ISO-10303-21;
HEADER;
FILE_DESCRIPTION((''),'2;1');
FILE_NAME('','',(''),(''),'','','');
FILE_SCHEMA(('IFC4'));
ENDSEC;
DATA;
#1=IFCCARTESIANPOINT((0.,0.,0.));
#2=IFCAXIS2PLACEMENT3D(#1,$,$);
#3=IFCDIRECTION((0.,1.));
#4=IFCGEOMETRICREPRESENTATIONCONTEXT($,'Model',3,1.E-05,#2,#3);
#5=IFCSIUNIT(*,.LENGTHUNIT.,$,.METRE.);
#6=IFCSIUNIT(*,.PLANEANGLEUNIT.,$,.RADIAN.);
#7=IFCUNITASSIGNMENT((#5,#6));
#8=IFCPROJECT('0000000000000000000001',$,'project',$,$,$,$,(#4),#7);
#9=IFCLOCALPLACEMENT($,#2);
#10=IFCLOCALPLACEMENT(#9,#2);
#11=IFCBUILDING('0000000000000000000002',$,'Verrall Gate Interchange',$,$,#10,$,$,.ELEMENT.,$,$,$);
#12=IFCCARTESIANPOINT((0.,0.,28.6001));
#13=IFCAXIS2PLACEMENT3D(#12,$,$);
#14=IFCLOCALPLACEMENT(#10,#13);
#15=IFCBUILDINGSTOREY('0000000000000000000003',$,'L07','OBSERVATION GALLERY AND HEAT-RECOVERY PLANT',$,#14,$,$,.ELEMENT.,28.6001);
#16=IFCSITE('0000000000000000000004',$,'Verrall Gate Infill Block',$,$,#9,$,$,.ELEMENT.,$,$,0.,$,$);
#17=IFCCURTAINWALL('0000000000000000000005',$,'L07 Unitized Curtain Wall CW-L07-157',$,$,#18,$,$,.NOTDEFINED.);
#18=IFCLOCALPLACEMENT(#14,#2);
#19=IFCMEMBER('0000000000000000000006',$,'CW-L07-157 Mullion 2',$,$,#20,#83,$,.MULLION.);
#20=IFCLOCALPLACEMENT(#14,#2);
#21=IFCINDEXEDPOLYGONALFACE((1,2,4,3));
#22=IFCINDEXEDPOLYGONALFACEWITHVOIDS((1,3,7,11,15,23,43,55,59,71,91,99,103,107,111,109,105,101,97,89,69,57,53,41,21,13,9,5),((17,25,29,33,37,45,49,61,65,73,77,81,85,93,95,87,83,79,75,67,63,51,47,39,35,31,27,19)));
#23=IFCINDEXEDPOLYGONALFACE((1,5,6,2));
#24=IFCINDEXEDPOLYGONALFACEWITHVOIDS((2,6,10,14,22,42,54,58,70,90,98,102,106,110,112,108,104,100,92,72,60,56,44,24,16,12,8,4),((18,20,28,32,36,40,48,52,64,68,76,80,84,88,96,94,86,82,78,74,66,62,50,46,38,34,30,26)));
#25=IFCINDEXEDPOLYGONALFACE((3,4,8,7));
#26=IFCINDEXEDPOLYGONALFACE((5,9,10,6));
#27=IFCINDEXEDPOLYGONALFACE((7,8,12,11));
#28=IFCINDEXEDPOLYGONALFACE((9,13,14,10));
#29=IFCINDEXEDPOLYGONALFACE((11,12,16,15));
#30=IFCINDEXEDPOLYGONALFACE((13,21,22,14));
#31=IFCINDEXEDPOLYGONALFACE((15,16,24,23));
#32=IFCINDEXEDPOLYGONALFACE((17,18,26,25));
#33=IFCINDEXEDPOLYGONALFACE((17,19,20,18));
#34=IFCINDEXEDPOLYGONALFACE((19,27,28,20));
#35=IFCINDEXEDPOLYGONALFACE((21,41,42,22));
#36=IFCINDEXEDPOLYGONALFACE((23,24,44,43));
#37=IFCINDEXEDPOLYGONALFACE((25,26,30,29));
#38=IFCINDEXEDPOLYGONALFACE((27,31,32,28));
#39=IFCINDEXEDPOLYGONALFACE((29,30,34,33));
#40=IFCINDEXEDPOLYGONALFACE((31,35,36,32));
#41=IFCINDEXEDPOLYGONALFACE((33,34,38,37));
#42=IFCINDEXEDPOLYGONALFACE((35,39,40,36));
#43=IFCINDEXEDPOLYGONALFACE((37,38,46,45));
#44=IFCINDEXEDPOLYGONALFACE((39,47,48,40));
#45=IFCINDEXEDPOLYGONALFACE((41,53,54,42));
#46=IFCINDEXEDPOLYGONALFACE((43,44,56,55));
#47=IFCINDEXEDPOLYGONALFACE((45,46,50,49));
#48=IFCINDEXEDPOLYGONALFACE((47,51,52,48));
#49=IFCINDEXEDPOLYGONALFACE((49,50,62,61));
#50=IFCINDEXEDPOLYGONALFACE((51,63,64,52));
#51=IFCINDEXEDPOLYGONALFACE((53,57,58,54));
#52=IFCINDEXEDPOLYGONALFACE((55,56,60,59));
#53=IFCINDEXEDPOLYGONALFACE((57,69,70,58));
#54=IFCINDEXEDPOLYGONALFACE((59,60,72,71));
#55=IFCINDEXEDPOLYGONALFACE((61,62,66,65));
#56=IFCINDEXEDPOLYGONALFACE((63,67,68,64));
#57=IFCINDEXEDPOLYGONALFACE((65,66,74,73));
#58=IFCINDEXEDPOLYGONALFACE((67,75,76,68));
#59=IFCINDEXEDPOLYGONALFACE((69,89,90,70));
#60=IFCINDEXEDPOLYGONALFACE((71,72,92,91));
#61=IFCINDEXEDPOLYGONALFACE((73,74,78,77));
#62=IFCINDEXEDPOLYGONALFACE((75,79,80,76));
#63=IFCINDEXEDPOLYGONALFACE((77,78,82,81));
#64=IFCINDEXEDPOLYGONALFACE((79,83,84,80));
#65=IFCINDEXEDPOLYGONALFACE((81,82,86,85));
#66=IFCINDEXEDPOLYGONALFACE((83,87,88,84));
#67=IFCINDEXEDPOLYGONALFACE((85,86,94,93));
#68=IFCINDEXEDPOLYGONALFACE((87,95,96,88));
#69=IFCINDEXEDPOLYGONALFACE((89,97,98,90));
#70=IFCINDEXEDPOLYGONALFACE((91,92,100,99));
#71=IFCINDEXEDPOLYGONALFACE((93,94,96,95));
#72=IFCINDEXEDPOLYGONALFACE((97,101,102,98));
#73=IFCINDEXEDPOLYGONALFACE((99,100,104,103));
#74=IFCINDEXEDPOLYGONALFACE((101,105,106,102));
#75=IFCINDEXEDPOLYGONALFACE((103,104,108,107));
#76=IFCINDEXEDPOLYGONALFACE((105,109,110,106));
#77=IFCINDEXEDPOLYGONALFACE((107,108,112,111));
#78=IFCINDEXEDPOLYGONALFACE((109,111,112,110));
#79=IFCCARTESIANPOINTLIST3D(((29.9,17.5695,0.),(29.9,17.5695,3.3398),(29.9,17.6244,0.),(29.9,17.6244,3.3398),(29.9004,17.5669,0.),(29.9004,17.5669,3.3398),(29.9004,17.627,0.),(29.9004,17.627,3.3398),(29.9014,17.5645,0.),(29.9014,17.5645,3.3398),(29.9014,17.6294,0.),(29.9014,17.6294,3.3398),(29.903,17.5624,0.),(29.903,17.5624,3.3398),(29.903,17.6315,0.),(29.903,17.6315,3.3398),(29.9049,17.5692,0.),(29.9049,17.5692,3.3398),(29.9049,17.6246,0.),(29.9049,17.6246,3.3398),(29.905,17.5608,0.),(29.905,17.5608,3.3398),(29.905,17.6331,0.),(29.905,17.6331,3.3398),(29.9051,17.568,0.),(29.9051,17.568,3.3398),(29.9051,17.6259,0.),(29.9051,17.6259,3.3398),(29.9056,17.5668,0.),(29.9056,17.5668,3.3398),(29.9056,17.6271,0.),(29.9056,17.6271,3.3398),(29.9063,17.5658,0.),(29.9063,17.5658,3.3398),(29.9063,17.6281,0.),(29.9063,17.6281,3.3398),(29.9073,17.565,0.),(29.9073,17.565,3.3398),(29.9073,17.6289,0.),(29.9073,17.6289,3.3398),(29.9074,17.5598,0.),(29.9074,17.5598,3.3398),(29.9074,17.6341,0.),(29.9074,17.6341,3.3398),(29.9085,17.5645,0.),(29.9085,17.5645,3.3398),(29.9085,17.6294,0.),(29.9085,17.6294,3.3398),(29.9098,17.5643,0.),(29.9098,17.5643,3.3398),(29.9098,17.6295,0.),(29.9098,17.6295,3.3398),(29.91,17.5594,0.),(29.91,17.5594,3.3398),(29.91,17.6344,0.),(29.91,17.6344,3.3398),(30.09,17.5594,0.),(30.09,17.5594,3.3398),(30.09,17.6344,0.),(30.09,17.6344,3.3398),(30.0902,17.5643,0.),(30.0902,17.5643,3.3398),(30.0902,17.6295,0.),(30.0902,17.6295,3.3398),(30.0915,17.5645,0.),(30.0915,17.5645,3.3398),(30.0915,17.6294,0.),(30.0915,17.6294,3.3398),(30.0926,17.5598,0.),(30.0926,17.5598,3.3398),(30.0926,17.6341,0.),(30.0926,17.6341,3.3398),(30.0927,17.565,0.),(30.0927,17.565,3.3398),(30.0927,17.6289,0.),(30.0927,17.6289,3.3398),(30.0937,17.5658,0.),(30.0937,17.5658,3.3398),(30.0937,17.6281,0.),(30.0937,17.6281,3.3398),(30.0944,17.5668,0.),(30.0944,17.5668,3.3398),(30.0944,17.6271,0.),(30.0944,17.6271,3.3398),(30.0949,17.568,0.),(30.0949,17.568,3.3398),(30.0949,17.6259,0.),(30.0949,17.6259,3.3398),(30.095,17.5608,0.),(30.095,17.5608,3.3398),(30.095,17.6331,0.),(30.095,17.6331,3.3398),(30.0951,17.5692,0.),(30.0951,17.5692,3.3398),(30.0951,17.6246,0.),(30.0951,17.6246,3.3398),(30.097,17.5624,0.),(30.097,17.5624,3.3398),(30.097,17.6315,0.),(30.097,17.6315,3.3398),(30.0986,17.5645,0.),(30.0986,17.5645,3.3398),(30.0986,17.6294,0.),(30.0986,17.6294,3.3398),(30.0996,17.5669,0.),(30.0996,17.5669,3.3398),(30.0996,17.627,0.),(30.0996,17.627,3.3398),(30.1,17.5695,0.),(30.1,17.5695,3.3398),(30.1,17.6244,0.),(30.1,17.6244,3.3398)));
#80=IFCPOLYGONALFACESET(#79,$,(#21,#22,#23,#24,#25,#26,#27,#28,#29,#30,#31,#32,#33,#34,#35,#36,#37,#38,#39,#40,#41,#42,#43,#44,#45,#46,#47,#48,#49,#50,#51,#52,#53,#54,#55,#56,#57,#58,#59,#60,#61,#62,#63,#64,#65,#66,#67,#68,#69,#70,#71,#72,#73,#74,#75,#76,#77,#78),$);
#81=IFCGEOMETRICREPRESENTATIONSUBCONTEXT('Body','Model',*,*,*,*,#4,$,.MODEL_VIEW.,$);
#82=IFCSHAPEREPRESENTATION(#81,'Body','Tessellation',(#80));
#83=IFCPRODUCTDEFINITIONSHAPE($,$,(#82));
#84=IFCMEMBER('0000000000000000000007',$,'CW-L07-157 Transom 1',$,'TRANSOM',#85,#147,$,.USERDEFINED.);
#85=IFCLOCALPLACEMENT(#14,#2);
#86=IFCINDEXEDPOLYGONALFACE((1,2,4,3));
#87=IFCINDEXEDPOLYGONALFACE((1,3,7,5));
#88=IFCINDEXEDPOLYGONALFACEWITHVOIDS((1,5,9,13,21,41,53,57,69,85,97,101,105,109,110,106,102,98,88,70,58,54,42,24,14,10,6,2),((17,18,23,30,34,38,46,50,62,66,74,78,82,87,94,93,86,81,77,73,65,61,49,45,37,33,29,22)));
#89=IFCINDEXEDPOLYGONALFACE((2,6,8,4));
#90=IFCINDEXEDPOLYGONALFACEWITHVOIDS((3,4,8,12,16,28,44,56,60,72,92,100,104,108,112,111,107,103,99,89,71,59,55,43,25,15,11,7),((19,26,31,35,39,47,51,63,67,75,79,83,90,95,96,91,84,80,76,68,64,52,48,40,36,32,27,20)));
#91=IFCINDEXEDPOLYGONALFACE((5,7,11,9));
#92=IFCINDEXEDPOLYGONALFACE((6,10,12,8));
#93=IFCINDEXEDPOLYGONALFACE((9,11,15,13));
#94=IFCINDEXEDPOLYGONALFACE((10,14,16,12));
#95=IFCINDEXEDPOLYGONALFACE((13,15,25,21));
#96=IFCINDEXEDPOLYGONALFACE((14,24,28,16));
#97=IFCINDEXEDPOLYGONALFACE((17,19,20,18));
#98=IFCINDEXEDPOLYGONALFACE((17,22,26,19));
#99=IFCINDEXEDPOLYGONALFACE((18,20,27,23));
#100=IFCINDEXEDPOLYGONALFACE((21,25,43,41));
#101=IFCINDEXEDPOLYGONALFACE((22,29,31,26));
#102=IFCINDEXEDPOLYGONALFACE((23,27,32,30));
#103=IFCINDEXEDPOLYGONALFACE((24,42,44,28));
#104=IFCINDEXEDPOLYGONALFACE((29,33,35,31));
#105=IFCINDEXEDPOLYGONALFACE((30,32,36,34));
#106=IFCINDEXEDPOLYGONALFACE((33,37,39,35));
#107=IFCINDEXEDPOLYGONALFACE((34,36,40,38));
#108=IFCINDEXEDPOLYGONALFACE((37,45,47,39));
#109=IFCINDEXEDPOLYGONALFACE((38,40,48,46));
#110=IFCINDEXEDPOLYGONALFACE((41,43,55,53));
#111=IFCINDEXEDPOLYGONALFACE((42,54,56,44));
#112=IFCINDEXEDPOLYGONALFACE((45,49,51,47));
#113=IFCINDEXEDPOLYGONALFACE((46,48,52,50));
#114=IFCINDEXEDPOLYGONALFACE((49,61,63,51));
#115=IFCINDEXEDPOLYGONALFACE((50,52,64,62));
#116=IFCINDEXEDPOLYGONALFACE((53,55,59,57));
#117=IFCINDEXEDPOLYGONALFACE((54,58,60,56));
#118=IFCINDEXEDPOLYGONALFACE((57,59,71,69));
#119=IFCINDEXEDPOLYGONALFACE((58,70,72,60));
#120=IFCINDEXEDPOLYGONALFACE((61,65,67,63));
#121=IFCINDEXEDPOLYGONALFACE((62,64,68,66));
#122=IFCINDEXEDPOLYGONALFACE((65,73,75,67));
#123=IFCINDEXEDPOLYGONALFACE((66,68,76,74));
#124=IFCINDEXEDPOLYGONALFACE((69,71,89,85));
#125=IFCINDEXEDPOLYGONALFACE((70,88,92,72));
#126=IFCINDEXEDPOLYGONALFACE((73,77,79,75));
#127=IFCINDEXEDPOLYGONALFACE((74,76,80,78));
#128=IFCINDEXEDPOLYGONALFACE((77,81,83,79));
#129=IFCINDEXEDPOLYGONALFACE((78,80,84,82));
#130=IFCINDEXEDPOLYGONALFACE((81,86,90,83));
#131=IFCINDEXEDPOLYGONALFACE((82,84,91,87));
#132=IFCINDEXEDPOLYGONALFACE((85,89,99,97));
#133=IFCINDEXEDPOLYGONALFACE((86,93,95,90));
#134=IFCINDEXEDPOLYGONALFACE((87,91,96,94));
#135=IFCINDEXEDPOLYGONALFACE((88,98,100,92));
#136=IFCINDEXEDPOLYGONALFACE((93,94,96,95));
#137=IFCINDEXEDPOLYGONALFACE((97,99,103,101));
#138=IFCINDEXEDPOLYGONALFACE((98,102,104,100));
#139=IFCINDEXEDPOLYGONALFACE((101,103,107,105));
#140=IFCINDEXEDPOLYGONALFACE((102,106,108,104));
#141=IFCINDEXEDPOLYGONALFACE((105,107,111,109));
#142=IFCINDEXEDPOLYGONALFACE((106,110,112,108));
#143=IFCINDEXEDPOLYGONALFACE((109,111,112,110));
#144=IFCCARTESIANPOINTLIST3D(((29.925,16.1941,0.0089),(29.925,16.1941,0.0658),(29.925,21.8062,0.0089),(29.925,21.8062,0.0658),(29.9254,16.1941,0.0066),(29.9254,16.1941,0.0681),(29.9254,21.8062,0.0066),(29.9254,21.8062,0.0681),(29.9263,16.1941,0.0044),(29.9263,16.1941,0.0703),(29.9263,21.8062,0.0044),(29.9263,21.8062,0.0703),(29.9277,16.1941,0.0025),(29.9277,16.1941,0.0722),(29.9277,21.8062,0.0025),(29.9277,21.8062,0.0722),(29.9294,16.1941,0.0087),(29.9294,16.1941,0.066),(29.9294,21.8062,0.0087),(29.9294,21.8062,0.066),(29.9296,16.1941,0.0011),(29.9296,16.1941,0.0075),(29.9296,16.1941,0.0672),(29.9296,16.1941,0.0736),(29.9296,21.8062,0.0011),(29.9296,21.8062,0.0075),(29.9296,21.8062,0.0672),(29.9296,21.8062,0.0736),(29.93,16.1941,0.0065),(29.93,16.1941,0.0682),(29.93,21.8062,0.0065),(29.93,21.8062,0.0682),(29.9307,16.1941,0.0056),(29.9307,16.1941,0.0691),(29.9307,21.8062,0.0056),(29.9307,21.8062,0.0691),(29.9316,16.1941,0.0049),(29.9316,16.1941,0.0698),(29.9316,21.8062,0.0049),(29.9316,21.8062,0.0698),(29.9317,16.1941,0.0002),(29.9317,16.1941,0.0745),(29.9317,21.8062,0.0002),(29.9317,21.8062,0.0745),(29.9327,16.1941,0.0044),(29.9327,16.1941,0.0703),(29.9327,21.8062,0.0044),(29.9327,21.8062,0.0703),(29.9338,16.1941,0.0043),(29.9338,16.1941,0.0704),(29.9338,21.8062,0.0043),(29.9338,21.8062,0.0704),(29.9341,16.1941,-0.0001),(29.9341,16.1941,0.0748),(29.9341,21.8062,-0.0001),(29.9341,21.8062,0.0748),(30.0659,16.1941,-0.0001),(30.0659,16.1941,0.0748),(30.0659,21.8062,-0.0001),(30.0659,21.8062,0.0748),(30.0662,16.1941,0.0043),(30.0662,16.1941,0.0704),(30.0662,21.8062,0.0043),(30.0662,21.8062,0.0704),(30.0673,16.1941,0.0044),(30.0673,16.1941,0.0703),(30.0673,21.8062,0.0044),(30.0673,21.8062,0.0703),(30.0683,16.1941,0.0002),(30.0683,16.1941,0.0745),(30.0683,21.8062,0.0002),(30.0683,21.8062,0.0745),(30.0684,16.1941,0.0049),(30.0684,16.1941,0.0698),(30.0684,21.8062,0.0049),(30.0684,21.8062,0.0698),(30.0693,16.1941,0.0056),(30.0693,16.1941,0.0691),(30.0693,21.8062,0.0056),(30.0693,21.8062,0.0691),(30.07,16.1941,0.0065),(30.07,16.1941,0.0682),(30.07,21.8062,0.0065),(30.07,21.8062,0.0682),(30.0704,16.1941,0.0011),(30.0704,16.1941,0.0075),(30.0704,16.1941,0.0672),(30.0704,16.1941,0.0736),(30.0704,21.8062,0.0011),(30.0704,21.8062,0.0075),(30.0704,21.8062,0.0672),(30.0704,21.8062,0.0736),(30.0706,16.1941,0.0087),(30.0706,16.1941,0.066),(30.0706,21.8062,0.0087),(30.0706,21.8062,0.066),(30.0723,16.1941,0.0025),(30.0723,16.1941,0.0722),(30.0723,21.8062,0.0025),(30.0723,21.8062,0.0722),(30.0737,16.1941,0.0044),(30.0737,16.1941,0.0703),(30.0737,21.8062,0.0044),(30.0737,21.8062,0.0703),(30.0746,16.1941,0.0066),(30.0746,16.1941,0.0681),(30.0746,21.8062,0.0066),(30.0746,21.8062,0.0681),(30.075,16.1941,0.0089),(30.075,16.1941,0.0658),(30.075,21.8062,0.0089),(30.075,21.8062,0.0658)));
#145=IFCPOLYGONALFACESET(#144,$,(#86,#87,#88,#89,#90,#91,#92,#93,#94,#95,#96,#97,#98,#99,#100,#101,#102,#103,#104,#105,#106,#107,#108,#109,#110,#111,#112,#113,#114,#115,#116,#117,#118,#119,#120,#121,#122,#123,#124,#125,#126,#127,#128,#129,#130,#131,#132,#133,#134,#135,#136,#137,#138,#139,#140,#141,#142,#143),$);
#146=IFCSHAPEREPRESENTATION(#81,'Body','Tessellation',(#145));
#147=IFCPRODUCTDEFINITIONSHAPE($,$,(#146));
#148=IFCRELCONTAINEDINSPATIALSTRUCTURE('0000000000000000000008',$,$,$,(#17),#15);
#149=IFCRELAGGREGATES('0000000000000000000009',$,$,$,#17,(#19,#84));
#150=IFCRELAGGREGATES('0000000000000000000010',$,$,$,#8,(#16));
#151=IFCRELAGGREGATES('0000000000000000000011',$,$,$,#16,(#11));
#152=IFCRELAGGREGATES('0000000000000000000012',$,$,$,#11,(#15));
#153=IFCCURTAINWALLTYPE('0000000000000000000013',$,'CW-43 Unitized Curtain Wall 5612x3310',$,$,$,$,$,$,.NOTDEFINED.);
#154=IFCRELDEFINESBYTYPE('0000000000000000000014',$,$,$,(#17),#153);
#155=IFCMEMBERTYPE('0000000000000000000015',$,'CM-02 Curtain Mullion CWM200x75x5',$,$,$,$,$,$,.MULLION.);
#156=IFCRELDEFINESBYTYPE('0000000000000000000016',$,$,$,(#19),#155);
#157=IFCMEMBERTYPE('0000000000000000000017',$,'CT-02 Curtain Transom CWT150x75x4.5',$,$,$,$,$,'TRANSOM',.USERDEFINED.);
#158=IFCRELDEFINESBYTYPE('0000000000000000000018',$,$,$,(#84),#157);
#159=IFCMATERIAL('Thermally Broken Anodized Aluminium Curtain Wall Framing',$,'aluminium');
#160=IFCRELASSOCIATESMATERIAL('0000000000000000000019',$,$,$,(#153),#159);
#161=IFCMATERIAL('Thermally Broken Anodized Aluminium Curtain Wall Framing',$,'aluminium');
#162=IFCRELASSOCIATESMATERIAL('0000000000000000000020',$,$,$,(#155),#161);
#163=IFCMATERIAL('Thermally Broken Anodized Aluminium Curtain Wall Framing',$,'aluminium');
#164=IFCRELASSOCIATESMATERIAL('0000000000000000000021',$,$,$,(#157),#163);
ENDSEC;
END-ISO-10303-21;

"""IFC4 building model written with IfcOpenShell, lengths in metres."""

from ifc_helpers import new_model, si_unit, direction, frame, origin, origin_2d, place, context, subcontext, project, spatial, hollow_rectangle, extrude, material, material_profile, profile_set, type_object, element, aggregate, save


model = new_model("IFC4")

# Units and contexts
model_context = context("Model", 3, precision=1e-05, world=origin(), true_north=direction((0.0, 1.0)))
body_context = subcontext(model_context, "Body", "Model", "MODEL_VIEW")
ifc_project = project(units=[si_unit("LENGTHUNIT", "METRE"), si_unit("PLANEANGLEUNIT", "RADIAN")], contexts=[model_context])

# Site, building, storey
site_placement = place(None, origin())
site = spatial("IfcSite", under=ifc_project, at=site_placement, Name="Verrall Gate Infill Block", CompositionType="ELEMENT", RefElevation=0.0)
building_placement = place(site_placement, origin())
building = spatial("IfcBuilding", under=site, at=building_placement, Name="Verrall Gate Interchange", CompositionType="ELEMENT")
storey_placement = place(building_placement, frame((0.0, 0.0, 28.6001)))
storey = spatial("IfcBuildingStorey", under=building, at=storey_placement, Name="L07", Description="OBSERVATION GALLERY AND HEAT-RECOVERY PLANT", CompositionType="ELEMENT", Elevation=28.6001)

# Curtain wall, members
ifc_material_1 = material(Name="Thermally Broken Anodized Aluminium Curtain Wall Framing", Category="aluminium")
curtain_wall_type_1 = type_object("IfcCurtainWallType", Name="CW-43 Unitized Curtain Wall 5612x3310", PredefinedType="NOTDEFINED", material=ifc_material_1)
curtain_wall_1_placement = place(storey_placement, origin())
curtain_wall_1 = element("IfcCurtainWall", 1, at=curtain_wall_1_placement, inside=storey, type_object=curtain_wall_type_1, Name="L07 Unitized Curtain Wall CW-L07-157", PredefinedType="NOTDEFINED")
ifc_material_2 = material(Name="Thermally Broken Anodized Aluminium Curtain Wall Framing", Category="aluminium")
ifc_material_profile_1 = material_profile(ifc_material_2, hollow_rectangle(XDim=0.075, YDim=0.2, WallThickness=0.0049, InnerFilletRadius=0.0049, OuterFilletRadius=0.01, at=origin_2d()), Name="CWM200x75x5")
ifc_profile_set_1 = profile_set([ifc_material_profile_1], Name="Thermally Broken Anodized Aluminium Curtain Wall Framing")
member_type_1 = type_object("IfcMemberType", Name="CM-02 Curtain Mullion CWM200x75x5", PredefinedType="MULLION", material=ifc_profile_set_1)
member_1_placement = place(storey_placement, frame((30.0, 17.5969, 0.0), z_axis=(0.0, 0.0, 1.0), x_axis=(0.0, 1.0, 0.0)))
member_1 = element("IfcMember", 2, at=member_1_placement, type_object=member_type_1, Name="CW-L07-157 Mullion 2", PredefinedType="MULLION", context=body_context, shape_type="SweptSolid", body=[
    extrude(hollow_rectangle(XDim=0.075, YDim=0.2, WallThickness=0.0049, InnerFilletRadius=0.0049, OuterFilletRadius=0.01, at=origin_2d()), origin(), (0.0, 0.0, 1.0), 3.3398),
])
ifc_material_3 = material(Name="Thermally Broken Anodized Aluminium Curtain Wall Framing", Category="aluminium")
ifc_material_profile_2 = material_profile(ifc_material_3, hollow_rectangle(XDim=0.1499, YDim=0.075, WallThickness=0.0044, InnerFilletRadius=0.0044, OuterFilletRadius=0.009, at=origin_2d()), Name="CWT150x75x4.5")
ifc_profile_set_2 = profile_set([ifc_material_profile_2], Name="Thermally Broken Anodized Aluminium Curtain Wall Framing")
member_type_2 = type_object("IfcMemberType", Name="CT-02 Curtain Transom CWT150x75x4.5", ElementType="TRANSOM", PredefinedType="USERDEFINED", material=ifc_profile_set_2)
member_2_placement = place(storey_placement, frame((30.0, 16.1941, 0.0374), z_axis=(0.0, 1.0, 0.0), x_axis=(-1.0, 0.0, 0.0)))
member_2 = element("IfcMember", 3, at=member_2_placement, type_object=member_type_2, Name="CW-L07-157 Transom 1", ObjectType="TRANSOM", PredefinedType="USERDEFINED", context=body_context, shape_type="SweptSolid", body=[
    extrude(hollow_rectangle(XDim=0.1499, YDim=0.075, WallThickness=0.0044, InnerFilletRadius=0.0044, OuterFilletRadius=0.009, at=origin_2d()), origin(), (0.0, 0.0, 1.0), 5.6121),
])

aggregate(curtain_wall_1, [member_1, member_2])

save(model, "model.ifc")
